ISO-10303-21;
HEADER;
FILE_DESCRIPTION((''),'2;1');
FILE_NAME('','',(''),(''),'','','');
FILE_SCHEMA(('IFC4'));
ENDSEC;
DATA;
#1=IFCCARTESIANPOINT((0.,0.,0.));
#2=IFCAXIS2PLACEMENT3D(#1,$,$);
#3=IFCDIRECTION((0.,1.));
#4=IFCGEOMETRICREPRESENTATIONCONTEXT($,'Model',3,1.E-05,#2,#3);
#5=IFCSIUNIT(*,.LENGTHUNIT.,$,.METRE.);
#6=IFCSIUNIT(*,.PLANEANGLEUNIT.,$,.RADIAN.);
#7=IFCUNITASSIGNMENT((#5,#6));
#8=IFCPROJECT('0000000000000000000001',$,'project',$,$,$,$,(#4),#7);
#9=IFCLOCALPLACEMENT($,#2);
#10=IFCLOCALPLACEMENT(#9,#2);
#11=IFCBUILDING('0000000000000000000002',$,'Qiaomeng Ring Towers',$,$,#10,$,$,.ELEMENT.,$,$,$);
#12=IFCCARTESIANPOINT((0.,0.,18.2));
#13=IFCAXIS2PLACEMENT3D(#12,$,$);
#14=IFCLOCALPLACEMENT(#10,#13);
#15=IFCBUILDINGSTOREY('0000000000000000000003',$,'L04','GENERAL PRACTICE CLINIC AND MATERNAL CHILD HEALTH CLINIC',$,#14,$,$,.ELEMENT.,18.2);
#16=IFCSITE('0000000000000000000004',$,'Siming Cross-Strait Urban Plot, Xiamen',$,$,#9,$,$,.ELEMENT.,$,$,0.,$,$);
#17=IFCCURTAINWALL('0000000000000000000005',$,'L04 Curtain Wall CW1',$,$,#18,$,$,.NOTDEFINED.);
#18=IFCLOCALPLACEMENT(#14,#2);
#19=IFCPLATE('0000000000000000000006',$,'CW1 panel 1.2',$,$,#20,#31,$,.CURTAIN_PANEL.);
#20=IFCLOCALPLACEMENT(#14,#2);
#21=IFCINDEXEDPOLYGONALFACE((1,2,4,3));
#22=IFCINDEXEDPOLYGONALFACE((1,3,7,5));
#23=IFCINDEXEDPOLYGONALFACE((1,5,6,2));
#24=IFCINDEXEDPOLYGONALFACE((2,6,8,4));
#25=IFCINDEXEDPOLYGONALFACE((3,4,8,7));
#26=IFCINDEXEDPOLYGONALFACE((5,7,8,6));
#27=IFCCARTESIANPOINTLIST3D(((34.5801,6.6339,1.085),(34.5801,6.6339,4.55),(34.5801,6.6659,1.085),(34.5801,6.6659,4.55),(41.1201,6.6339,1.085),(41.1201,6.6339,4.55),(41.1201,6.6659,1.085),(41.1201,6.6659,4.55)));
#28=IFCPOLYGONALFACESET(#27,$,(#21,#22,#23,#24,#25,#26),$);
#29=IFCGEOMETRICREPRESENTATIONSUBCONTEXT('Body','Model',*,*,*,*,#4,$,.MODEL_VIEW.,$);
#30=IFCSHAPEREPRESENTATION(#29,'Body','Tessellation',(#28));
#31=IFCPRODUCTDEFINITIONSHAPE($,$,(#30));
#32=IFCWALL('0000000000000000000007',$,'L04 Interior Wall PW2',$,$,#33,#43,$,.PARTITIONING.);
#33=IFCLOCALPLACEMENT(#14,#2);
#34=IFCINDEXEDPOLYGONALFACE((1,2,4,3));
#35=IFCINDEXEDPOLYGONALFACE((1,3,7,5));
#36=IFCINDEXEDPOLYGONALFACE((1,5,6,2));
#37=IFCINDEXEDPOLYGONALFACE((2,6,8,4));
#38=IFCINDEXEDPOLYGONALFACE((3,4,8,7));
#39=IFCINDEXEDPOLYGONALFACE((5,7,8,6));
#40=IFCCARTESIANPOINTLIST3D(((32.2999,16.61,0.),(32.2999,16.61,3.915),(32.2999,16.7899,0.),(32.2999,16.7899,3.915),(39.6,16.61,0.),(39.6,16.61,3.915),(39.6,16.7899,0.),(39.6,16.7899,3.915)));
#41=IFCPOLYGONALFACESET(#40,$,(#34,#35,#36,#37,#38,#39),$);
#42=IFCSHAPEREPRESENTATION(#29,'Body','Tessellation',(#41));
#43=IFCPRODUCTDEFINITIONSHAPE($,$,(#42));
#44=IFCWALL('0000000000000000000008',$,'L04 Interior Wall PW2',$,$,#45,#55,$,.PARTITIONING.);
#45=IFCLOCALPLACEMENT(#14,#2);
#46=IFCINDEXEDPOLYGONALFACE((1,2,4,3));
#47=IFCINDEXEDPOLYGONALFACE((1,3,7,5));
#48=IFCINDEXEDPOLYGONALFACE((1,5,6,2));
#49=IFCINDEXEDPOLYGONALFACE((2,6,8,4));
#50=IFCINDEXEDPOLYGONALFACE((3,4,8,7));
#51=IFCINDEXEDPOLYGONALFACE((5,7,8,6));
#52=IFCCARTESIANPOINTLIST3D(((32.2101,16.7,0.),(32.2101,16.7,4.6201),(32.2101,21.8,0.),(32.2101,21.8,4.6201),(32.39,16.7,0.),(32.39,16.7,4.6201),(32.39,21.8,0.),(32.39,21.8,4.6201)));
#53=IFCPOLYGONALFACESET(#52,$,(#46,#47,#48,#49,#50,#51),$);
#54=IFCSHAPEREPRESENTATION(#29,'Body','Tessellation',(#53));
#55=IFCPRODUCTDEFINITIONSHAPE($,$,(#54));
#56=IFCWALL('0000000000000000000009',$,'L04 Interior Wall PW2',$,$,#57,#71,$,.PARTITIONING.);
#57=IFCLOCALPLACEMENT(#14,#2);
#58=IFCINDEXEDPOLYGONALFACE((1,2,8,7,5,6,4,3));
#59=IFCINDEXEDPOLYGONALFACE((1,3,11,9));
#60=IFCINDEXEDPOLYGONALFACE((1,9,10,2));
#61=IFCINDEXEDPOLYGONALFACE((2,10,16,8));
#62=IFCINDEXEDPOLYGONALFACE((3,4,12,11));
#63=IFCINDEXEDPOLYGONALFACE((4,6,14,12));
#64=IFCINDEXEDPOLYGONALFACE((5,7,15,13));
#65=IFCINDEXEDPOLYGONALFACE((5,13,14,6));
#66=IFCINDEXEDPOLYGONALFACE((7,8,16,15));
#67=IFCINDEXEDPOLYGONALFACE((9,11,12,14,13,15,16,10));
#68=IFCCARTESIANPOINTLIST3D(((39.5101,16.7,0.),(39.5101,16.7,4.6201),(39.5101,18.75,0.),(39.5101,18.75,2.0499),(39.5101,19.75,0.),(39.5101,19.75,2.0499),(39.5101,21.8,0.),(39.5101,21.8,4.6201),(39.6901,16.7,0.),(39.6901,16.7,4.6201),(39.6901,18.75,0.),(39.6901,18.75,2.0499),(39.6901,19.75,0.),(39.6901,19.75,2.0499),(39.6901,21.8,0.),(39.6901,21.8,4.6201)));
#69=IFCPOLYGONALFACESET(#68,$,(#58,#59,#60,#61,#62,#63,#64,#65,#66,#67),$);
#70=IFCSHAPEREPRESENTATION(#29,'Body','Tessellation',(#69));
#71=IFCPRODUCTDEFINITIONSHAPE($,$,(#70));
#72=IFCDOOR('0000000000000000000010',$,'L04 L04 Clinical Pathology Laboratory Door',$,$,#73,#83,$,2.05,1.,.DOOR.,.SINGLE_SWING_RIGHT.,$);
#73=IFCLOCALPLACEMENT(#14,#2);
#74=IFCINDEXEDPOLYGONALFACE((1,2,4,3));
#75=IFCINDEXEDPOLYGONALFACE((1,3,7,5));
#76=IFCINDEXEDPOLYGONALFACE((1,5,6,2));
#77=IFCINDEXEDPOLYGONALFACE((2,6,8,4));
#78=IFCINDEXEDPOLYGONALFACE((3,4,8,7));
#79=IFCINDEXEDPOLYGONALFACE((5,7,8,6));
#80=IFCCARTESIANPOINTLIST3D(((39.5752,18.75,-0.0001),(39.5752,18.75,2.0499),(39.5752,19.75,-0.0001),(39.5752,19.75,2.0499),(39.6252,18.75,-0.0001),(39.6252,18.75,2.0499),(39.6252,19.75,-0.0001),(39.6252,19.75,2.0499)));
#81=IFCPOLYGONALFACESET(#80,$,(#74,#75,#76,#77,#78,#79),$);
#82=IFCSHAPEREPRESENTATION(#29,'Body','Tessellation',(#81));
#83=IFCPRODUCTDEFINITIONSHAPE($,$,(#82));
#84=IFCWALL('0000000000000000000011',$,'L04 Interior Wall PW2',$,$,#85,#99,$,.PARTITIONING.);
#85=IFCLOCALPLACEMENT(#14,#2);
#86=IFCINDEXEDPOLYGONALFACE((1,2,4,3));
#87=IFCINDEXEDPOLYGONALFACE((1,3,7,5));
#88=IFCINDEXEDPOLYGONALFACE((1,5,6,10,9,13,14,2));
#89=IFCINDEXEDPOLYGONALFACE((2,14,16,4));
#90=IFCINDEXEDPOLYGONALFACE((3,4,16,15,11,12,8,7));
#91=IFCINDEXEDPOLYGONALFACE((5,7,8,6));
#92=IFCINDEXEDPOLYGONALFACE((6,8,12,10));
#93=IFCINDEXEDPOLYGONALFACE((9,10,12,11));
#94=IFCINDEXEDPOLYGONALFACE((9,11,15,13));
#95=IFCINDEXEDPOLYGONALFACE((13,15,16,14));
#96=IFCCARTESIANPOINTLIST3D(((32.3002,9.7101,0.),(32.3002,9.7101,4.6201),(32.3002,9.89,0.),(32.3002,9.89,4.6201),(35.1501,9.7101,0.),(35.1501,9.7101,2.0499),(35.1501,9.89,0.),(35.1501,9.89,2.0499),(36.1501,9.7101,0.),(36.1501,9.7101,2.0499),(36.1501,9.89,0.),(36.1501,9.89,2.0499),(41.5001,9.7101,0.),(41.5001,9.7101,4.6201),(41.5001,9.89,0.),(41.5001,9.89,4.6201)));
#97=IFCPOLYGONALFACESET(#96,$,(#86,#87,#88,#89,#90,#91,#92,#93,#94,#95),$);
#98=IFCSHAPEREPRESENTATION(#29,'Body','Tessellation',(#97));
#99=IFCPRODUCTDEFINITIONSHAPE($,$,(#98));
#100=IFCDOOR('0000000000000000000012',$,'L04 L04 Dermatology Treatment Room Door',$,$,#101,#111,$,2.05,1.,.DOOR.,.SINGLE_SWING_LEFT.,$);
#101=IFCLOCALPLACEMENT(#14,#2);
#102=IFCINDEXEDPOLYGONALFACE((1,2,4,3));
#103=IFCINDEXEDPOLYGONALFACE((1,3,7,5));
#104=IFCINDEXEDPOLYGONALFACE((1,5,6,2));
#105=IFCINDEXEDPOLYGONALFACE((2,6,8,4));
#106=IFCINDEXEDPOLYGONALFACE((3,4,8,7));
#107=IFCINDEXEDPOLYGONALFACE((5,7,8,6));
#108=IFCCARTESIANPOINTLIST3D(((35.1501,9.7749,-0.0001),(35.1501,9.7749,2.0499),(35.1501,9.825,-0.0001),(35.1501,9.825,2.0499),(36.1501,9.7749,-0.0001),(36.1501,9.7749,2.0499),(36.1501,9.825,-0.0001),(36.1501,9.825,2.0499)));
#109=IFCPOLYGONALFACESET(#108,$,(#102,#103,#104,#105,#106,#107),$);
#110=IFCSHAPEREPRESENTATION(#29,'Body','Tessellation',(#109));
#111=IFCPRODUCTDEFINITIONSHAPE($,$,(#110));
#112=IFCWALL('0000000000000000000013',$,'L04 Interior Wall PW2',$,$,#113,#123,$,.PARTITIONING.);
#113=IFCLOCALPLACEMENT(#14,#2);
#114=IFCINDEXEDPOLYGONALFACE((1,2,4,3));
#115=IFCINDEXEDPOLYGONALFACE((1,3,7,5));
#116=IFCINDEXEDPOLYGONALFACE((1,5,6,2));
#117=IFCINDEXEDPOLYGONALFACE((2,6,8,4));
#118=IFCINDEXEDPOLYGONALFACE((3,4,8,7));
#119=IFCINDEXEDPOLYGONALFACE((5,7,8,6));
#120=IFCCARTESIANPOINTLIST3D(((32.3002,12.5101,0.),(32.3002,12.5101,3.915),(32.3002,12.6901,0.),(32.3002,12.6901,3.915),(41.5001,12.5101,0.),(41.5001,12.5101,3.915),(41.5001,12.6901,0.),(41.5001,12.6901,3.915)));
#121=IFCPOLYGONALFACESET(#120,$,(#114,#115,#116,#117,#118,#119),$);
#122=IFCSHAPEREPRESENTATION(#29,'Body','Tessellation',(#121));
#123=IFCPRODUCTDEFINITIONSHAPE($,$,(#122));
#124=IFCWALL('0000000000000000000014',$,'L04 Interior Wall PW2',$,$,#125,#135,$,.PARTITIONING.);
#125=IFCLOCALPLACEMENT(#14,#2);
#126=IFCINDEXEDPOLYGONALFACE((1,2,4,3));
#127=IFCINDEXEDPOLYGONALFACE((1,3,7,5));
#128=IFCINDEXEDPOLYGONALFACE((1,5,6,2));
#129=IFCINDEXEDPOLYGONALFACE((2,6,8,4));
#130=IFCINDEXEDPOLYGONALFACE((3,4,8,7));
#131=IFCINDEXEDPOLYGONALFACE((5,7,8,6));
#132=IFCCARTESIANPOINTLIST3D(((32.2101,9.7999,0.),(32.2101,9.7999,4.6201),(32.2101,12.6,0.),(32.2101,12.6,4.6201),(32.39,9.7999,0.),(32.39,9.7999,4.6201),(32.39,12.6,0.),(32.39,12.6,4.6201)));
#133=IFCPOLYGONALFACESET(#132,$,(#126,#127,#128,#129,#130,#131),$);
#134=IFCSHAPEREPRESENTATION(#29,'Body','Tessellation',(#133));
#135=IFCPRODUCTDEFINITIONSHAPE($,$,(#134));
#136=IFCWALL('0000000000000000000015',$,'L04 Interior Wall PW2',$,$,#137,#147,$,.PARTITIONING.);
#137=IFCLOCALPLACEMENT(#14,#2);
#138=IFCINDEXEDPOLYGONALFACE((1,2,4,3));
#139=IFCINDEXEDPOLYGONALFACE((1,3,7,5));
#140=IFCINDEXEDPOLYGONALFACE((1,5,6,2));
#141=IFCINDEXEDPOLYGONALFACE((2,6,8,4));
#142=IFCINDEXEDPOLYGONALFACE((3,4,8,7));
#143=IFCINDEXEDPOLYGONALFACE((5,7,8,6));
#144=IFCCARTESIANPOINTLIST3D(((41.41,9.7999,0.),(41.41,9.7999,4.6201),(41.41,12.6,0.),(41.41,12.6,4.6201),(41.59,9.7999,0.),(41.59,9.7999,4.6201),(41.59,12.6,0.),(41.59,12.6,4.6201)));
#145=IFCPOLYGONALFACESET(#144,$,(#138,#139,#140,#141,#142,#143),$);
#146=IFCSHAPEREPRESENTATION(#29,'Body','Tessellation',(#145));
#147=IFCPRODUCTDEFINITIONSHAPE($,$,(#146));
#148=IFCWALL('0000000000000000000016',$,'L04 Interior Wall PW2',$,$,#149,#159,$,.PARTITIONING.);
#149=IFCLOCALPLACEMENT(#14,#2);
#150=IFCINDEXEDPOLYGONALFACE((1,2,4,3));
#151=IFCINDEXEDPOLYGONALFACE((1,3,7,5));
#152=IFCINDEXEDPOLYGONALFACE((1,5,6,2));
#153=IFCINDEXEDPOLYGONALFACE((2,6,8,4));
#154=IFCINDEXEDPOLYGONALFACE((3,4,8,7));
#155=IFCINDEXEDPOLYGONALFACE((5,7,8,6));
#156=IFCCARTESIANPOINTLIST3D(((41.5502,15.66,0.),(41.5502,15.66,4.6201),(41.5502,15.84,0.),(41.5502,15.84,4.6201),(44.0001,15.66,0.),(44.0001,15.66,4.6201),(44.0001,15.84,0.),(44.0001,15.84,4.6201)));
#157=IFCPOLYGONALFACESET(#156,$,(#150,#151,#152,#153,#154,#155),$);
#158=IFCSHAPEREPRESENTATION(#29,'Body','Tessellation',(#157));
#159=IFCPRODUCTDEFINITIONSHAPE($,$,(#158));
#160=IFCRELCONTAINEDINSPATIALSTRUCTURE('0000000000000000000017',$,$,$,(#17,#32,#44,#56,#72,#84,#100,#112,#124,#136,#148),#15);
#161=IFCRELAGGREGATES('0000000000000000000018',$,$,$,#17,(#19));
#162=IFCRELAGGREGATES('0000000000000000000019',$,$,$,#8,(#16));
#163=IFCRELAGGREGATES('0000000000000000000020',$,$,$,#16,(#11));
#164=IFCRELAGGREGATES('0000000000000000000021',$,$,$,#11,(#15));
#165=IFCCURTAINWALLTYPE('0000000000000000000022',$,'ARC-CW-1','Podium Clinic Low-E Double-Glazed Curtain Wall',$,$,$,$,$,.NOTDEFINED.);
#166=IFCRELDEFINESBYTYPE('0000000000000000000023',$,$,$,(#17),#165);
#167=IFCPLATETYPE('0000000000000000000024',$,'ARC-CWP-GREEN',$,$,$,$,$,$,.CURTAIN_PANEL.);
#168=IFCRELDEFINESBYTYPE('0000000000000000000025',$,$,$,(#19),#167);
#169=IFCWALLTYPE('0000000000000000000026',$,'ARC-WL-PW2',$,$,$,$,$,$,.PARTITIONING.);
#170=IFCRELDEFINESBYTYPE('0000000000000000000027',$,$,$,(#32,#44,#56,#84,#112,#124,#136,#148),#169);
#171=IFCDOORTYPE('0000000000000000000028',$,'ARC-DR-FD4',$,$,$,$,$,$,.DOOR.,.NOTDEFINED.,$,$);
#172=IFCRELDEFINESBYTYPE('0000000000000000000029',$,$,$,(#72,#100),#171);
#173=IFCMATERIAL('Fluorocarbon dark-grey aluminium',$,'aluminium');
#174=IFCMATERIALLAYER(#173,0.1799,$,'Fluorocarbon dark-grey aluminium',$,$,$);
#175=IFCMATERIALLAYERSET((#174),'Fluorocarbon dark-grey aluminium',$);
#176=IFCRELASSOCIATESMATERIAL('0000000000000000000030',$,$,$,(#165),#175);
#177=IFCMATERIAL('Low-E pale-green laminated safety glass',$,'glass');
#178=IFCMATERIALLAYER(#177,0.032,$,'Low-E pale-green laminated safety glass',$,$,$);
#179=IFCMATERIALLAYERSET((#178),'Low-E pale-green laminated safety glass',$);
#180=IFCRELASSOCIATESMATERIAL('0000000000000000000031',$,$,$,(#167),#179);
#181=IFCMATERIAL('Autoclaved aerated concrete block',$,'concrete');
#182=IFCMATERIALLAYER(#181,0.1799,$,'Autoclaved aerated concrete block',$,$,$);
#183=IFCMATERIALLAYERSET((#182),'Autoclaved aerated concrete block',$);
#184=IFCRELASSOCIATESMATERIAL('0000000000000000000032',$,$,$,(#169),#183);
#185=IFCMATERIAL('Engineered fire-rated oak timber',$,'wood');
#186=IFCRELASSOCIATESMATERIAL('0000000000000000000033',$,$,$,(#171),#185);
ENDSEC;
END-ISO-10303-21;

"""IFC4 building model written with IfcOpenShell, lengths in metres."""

from ifc_helpers import new_model, si_unit, direction, frame, frame_2d, origin, origin_2d, place, context, subcontext, project, spatial, rectangle, extrude, source, transform, mapped, material, layer, layer_set, type_object, element, fill, aggregate, save


model = new_model("IFC4")

# Units and contexts
model_context = context("Model", 3, precision=1e-05, world=origin(), true_north=direction((0.0, 1.0)))
body_context = subcontext(model_context, "Body", "Model", "MODEL_VIEW")
ifc_project = project(units=[si_unit("LENGTHUNIT", "METRE"), si_unit("PLANEANGLEUNIT", "RADIAN")], contexts=[model_context])

# Site, building, storey
site_placement = place(None, origin())
site = spatial("IfcSite", under=ifc_project, at=site_placement, Name="Siming Cross-Strait Urban Plot, Xiamen", CompositionType="ELEMENT", RefElevation=0.0)
building_placement = place(site_placement, origin())
building = spatial("IfcBuilding", under=site, at=building_placement, Name="Qiaomeng Ring Towers", CompositionType="ELEMENT")
storey_placement = place(building_placement, frame((0.0, 0.0, 18.2)))
storey = spatial("IfcBuildingStorey", under=building, at=storey_placement, Name="L04", Description="GENERAL PRACTICE CLINIC AND MATERNAL CHILD HEALTH CLINIC", CompositionType="ELEMENT", Elevation=18.2)

# Curtain wall, plate
ifc_material_1 = material(Name="Fluorocarbon dark-grey aluminium", Category="aluminium")
ifc_layer_1 = layer(ifc_material_1, 0.1799, Name="Fluorocarbon dark-grey aluminium")
ifc_layer_set_1 = layer_set([ifc_layer_1], Name="Fluorocarbon dark-grey aluminium")
curtain_wall_type = type_object("IfcCurtainWallType", Name="ARC-CW-1", Description="Podium Clinic Low-E Double-Glazed Curtain Wall", PredefinedType="NOTDEFINED", material=ifc_layer_set_1)
curtain_wall_placement = place(storey_placement, origin())
curtain_wall = element("IfcCurtainWall", 1, at=curtain_wall_placement, inside=storey, type_object=curtain_wall_type, Name="L04 Curtain Wall CW1", PredefinedType="NOTDEFINED")
ifc_material_2 = material(Name="Low-E pale-green laminated safety glass", Category="glass")
ifc_layer_2 = layer(ifc_material_2, 0.032, Name="Low-E pale-green laminated safety glass")
ifc_layer_set_2 = layer_set([ifc_layer_2], Name="Low-E pale-green laminated safety glass")
plate_type = type_object("IfcPlateType", Name="ARC-CWP-GREEN", PredefinedType="CURTAIN_PANEL", material=ifc_layer_set_2)
shared_shape_1 = source(origin(), body_context, "Body", "SweptSolid", [
    extrude(rectangle(XDim=6.54, YDim=0.032, at=origin_2d()), origin(), (0.0, 0.0, 1.0), 3.4651),
])
plate_1_placement = place(storey_placement, frame((37.8501, 6.6499, 1.085), z_axis=(0.0, 0.0, 1.0), x_axis=(1.0, 0.0, 0.0)))
plate_1 = element("IfcPlate", 2, at=plate_1_placement, type_object=plate_type, Name="CW1 panel 1.2", PredefinedType="CURTAIN_PANEL", context=body_context, shape_type="MappedRepresentation", body=[
    mapped(shared_shape_1, transform((0.0, 0.0, 0.0), x_axis=(1.0, 0.0, 0.0), y_axis=(0.0, 1.0, 0.0), z_axis=(0.0, 0.0, 1.0), scale=1.0)),
])
aggregate(curtain_wall, [plate_1])

# Walls
ifc_material_3 = material(Name="Autoclaved aerated concrete block", Category="concrete")
ifc_layer_3 = layer(ifc_material_3, 0.1799, Name="Autoclaved aerated concrete block")
ifc_layer_set_3 = layer_set([ifc_layer_3], Name="Autoclaved aerated concrete block")
wall_type_1 = type_object("IfcWallType", Name="ARC-WL-PW2", PredefinedType="PARTITIONING", material=ifc_layer_set_3)
wall_1_placement = place(storey_placement, frame((32.3, 16.7, 0.0), z_axis=(0.0, 0.0, 1.0), x_axis=(1.0, 0.0, 0.0)))
element("IfcWall", 3, at=wall_1_placement, inside=storey, type_object=wall_type_1, Name="L04 Interior Wall PW2", PredefinedType="PARTITIONING", context=body_context, shape_type="SweptSolid", body=[
    extrude(rectangle(XDim=7.3, YDim=0.1799, at=frame_2d((3.6499, 0.0))), origin(), (0.0, 0.0, 1.0), 3.915),
])
wall_2_placement = place(storey_placement, frame((32.3, 16.7, 0.0), z_axis=(0.0, 0.0, 1.0), x_axis=(0.0, 1.0, 0.0)))
element("IfcWall", 4, at=wall_2_placement, inside=storey, type_object=wall_type_1, Name="L04 Interior Wall PW2", PredefinedType="PARTITIONING", context=body_context, shape_type="SweptSolid", body=[
    extrude(rectangle(XDim=5.1001, YDim=0.1799, at=frame_2d((2.55, 0.0))), origin(), (0.0, 0.0, 1.0), 4.6201),
])

# Walls, openings, doors
wall_3_placement = place(storey_placement, frame((39.6001, 16.7, 0.0), z_axis=(0.0, 0.0, 1.0), x_axis=(0.0, 1.0, 0.0)))
wall_3 = element("IfcWall", 5, at=wall_3_placement, inside=storey, type_object=wall_type_1, Name="L04 Interior Wall PW2", PredefinedType="PARTITIONING", context=body_context, shape_type="SweptSolid", body=[
    extrude(rectangle(XDim=5.1001, YDim=0.1799, at=frame_2d((2.55, 0.0))), origin(), (0.0, 0.0, 1.0), 4.6201),
])
opening_1_placement = place(wall_3_placement, frame((2.05, 0.0, 0.0)))
opening_1 = element("IfcOpeningElement", 6, at=opening_1_placement, cuts=wall_3, PredefinedType="OPENING", context=body_context, shape_type="SweptSolid", body=[
    extrude(rectangle(XDim=1.0, YDim=2.05, at=frame_2d((0.5, 1.0249))), frame((0.0, 0.0999, 0.0), z_axis=(0.0, -1.0, 0.0), x_axis=(1.0, 0.0, 0.0)), (0.0, 0.0, 1.0), 0.2),
])
ifc_material_4 = material(Name="Engineered fire-rated oak timber", Category="wood")
door_type_1 = type_object("IfcDoorType", Name="ARC-DR-FD4", OperationType="NOTDEFINED", PredefinedType="DOOR", material=ifc_material_4)
shared_shape_2 = source(origin(), body_context, "Body", "SweptSolid", [
    extrude(rectangle(XDim=1.0, YDim=2.05, at=frame_2d((0.5, 1.0249))), frame((0.0, 0.0249, 0.0), z_axis=(0.0, -1.0, 0.0), x_axis=(1.0, 0.0, 0.0)), (0.0, 0.0, 1.0), 0.05),
])
door_1_placement = place(opening_1_placement, origin())
door_1 = element("IfcDoor", 7, at=door_1_placement, inside=storey, type_object=door_type_1, Name="L04 L04 Clinical Pathology Laboratory Door", OperationType="SINGLE_SWING_RIGHT", OverallHeight=2.05, OverallWidth=1.0, PredefinedType="DOOR", context=body_context, shape_type="MappedRepresentation", body=[
    mapped(shared_shape_2, transform((0.0, 0.0, 0.0), x_axis=(1.0, 0.0, 0.0), y_axis=(0.0, 1.0, 0.0), z_axis=(0.0, 0.0, 1.0), scale=1.0)),
])
fill(opening_1, door_1)
wall_4_placement = place(storey_placement, frame((32.3, 9.8, 0.0), z_axis=(0.0, 0.0, 1.0), x_axis=(1.0, 0.0, 0.0)))
wall_4 = element("IfcWall", 8, at=wall_4_placement, inside=storey, type_object=wall_type_1, Name="L04 Interior Wall PW2", PredefinedType="PARTITIONING", context=body_context, shape_type="SweptSolid", body=[
    extrude(rectangle(XDim=9.2, YDim=0.1799, at=frame_2d((4.6001, 0.0))), origin(), (0.0, 0.0, 1.0), 4.6201),
])
opening_2_placement = place(wall_4_placement, frame((2.8501, 0.0, 0.0)))
opening_2 = element("IfcOpeningElement", 9, at=opening_2_placement, cuts=wall_4, PredefinedType="OPENING", context=body_context, shape_type="SweptSolid", body=[
    extrude(rectangle(XDim=1.0, YDim=2.05, at=frame_2d((0.5, 1.0249))), frame((0.0, 0.0999, 0.0), z_axis=(0.0, -1.0, 0.0), x_axis=(1.0, 0.0, 0.0)), (0.0, 0.0, 1.0), 0.2),
])
door_2_placement = place(opening_2_placement, origin())
door_2 = element("IfcDoor", 10, at=door_2_placement, inside=storey, type_object=door_type_1, Name="L04 L04 Dermatology Treatment Room Door", OperationType="SINGLE_SWING_LEFT", OverallHeight=2.05, OverallWidth=1.0, PredefinedType="DOOR", context=body_context, shape_type="MappedRepresentation", body=[
    mapped(shared_shape_2, transform((0.0, 0.0, 0.0), x_axis=(1.0, 0.0, 0.0), y_axis=(0.0, 1.0, 0.0), z_axis=(0.0, 0.0, 1.0), scale=1.0)),
])
fill(opening_2, door_2)

# Walls
wall_5_placement = place(storey_placement, frame((32.3, 12.6001, 0.0), z_axis=(0.0, 0.0, 1.0), x_axis=(1.0, 0.0, 0.0)))
element("IfcWall", 11, at=wall_5_placement, inside=storey, type_object=wall_type_1, Name="L04 Interior Wall PW2", PredefinedType="PARTITIONING", context=body_context, shape_type="SweptSolid", body=[
    extrude(rectangle(XDim=9.2, YDim=0.1799, at=frame_2d((4.6001, 0.0))), origin(), (0.0, 0.0, 1.0), 3.915),
])
for number, where, z_axis, x_axis, name in (
    (12, (32.3, 9.8, 0.0), (0.0, 0.0, 1.0), (0.0, 1.0, 0.0), "L04 Interior Wall PW2"),
    (13, (41.5, 9.8, 0.0), (0.0, 0.0, 1.0), (0.0, 1.0, 0.0), "L04 Interior Wall PW2"),
):
    element("IfcWall", number, at=place(storey_placement, frame(where, z_axis=z_axis, x_axis=x_axis)), inside=storey, type_object=wall_type_1, Name=name, PredefinedType="PARTITIONING", context=body_context, shape_type="SweptSolid", body=[
        extrude(rectangle(XDim=2.8, YDim=0.1799, at=frame_2d((1.3999, 0.0))), origin(), (0.0, 0.0, 1.0), 4.6201),
    ])
wall_6_placement = place(storey_placement, frame((41.55, 15.75, 0.0), z_axis=(0.0, 0.0, 1.0), x_axis=(1.0, 0.0, 0.0)))
element("IfcWall", 14, at=wall_6_placement, inside=storey, type_object=wall_type_1, Name="L04 Interior Wall PW2", PredefinedType="PARTITIONING", context=body_context, shape_type="SweptSolid", body=[
    extrude(rectangle(XDim=2.45, YDim=0.1799, at=frame_2d((1.2251, 0.0))), origin(), (0.0, 0.0, 1.0), 4.6201),
])

save(model, "model.ifc")
